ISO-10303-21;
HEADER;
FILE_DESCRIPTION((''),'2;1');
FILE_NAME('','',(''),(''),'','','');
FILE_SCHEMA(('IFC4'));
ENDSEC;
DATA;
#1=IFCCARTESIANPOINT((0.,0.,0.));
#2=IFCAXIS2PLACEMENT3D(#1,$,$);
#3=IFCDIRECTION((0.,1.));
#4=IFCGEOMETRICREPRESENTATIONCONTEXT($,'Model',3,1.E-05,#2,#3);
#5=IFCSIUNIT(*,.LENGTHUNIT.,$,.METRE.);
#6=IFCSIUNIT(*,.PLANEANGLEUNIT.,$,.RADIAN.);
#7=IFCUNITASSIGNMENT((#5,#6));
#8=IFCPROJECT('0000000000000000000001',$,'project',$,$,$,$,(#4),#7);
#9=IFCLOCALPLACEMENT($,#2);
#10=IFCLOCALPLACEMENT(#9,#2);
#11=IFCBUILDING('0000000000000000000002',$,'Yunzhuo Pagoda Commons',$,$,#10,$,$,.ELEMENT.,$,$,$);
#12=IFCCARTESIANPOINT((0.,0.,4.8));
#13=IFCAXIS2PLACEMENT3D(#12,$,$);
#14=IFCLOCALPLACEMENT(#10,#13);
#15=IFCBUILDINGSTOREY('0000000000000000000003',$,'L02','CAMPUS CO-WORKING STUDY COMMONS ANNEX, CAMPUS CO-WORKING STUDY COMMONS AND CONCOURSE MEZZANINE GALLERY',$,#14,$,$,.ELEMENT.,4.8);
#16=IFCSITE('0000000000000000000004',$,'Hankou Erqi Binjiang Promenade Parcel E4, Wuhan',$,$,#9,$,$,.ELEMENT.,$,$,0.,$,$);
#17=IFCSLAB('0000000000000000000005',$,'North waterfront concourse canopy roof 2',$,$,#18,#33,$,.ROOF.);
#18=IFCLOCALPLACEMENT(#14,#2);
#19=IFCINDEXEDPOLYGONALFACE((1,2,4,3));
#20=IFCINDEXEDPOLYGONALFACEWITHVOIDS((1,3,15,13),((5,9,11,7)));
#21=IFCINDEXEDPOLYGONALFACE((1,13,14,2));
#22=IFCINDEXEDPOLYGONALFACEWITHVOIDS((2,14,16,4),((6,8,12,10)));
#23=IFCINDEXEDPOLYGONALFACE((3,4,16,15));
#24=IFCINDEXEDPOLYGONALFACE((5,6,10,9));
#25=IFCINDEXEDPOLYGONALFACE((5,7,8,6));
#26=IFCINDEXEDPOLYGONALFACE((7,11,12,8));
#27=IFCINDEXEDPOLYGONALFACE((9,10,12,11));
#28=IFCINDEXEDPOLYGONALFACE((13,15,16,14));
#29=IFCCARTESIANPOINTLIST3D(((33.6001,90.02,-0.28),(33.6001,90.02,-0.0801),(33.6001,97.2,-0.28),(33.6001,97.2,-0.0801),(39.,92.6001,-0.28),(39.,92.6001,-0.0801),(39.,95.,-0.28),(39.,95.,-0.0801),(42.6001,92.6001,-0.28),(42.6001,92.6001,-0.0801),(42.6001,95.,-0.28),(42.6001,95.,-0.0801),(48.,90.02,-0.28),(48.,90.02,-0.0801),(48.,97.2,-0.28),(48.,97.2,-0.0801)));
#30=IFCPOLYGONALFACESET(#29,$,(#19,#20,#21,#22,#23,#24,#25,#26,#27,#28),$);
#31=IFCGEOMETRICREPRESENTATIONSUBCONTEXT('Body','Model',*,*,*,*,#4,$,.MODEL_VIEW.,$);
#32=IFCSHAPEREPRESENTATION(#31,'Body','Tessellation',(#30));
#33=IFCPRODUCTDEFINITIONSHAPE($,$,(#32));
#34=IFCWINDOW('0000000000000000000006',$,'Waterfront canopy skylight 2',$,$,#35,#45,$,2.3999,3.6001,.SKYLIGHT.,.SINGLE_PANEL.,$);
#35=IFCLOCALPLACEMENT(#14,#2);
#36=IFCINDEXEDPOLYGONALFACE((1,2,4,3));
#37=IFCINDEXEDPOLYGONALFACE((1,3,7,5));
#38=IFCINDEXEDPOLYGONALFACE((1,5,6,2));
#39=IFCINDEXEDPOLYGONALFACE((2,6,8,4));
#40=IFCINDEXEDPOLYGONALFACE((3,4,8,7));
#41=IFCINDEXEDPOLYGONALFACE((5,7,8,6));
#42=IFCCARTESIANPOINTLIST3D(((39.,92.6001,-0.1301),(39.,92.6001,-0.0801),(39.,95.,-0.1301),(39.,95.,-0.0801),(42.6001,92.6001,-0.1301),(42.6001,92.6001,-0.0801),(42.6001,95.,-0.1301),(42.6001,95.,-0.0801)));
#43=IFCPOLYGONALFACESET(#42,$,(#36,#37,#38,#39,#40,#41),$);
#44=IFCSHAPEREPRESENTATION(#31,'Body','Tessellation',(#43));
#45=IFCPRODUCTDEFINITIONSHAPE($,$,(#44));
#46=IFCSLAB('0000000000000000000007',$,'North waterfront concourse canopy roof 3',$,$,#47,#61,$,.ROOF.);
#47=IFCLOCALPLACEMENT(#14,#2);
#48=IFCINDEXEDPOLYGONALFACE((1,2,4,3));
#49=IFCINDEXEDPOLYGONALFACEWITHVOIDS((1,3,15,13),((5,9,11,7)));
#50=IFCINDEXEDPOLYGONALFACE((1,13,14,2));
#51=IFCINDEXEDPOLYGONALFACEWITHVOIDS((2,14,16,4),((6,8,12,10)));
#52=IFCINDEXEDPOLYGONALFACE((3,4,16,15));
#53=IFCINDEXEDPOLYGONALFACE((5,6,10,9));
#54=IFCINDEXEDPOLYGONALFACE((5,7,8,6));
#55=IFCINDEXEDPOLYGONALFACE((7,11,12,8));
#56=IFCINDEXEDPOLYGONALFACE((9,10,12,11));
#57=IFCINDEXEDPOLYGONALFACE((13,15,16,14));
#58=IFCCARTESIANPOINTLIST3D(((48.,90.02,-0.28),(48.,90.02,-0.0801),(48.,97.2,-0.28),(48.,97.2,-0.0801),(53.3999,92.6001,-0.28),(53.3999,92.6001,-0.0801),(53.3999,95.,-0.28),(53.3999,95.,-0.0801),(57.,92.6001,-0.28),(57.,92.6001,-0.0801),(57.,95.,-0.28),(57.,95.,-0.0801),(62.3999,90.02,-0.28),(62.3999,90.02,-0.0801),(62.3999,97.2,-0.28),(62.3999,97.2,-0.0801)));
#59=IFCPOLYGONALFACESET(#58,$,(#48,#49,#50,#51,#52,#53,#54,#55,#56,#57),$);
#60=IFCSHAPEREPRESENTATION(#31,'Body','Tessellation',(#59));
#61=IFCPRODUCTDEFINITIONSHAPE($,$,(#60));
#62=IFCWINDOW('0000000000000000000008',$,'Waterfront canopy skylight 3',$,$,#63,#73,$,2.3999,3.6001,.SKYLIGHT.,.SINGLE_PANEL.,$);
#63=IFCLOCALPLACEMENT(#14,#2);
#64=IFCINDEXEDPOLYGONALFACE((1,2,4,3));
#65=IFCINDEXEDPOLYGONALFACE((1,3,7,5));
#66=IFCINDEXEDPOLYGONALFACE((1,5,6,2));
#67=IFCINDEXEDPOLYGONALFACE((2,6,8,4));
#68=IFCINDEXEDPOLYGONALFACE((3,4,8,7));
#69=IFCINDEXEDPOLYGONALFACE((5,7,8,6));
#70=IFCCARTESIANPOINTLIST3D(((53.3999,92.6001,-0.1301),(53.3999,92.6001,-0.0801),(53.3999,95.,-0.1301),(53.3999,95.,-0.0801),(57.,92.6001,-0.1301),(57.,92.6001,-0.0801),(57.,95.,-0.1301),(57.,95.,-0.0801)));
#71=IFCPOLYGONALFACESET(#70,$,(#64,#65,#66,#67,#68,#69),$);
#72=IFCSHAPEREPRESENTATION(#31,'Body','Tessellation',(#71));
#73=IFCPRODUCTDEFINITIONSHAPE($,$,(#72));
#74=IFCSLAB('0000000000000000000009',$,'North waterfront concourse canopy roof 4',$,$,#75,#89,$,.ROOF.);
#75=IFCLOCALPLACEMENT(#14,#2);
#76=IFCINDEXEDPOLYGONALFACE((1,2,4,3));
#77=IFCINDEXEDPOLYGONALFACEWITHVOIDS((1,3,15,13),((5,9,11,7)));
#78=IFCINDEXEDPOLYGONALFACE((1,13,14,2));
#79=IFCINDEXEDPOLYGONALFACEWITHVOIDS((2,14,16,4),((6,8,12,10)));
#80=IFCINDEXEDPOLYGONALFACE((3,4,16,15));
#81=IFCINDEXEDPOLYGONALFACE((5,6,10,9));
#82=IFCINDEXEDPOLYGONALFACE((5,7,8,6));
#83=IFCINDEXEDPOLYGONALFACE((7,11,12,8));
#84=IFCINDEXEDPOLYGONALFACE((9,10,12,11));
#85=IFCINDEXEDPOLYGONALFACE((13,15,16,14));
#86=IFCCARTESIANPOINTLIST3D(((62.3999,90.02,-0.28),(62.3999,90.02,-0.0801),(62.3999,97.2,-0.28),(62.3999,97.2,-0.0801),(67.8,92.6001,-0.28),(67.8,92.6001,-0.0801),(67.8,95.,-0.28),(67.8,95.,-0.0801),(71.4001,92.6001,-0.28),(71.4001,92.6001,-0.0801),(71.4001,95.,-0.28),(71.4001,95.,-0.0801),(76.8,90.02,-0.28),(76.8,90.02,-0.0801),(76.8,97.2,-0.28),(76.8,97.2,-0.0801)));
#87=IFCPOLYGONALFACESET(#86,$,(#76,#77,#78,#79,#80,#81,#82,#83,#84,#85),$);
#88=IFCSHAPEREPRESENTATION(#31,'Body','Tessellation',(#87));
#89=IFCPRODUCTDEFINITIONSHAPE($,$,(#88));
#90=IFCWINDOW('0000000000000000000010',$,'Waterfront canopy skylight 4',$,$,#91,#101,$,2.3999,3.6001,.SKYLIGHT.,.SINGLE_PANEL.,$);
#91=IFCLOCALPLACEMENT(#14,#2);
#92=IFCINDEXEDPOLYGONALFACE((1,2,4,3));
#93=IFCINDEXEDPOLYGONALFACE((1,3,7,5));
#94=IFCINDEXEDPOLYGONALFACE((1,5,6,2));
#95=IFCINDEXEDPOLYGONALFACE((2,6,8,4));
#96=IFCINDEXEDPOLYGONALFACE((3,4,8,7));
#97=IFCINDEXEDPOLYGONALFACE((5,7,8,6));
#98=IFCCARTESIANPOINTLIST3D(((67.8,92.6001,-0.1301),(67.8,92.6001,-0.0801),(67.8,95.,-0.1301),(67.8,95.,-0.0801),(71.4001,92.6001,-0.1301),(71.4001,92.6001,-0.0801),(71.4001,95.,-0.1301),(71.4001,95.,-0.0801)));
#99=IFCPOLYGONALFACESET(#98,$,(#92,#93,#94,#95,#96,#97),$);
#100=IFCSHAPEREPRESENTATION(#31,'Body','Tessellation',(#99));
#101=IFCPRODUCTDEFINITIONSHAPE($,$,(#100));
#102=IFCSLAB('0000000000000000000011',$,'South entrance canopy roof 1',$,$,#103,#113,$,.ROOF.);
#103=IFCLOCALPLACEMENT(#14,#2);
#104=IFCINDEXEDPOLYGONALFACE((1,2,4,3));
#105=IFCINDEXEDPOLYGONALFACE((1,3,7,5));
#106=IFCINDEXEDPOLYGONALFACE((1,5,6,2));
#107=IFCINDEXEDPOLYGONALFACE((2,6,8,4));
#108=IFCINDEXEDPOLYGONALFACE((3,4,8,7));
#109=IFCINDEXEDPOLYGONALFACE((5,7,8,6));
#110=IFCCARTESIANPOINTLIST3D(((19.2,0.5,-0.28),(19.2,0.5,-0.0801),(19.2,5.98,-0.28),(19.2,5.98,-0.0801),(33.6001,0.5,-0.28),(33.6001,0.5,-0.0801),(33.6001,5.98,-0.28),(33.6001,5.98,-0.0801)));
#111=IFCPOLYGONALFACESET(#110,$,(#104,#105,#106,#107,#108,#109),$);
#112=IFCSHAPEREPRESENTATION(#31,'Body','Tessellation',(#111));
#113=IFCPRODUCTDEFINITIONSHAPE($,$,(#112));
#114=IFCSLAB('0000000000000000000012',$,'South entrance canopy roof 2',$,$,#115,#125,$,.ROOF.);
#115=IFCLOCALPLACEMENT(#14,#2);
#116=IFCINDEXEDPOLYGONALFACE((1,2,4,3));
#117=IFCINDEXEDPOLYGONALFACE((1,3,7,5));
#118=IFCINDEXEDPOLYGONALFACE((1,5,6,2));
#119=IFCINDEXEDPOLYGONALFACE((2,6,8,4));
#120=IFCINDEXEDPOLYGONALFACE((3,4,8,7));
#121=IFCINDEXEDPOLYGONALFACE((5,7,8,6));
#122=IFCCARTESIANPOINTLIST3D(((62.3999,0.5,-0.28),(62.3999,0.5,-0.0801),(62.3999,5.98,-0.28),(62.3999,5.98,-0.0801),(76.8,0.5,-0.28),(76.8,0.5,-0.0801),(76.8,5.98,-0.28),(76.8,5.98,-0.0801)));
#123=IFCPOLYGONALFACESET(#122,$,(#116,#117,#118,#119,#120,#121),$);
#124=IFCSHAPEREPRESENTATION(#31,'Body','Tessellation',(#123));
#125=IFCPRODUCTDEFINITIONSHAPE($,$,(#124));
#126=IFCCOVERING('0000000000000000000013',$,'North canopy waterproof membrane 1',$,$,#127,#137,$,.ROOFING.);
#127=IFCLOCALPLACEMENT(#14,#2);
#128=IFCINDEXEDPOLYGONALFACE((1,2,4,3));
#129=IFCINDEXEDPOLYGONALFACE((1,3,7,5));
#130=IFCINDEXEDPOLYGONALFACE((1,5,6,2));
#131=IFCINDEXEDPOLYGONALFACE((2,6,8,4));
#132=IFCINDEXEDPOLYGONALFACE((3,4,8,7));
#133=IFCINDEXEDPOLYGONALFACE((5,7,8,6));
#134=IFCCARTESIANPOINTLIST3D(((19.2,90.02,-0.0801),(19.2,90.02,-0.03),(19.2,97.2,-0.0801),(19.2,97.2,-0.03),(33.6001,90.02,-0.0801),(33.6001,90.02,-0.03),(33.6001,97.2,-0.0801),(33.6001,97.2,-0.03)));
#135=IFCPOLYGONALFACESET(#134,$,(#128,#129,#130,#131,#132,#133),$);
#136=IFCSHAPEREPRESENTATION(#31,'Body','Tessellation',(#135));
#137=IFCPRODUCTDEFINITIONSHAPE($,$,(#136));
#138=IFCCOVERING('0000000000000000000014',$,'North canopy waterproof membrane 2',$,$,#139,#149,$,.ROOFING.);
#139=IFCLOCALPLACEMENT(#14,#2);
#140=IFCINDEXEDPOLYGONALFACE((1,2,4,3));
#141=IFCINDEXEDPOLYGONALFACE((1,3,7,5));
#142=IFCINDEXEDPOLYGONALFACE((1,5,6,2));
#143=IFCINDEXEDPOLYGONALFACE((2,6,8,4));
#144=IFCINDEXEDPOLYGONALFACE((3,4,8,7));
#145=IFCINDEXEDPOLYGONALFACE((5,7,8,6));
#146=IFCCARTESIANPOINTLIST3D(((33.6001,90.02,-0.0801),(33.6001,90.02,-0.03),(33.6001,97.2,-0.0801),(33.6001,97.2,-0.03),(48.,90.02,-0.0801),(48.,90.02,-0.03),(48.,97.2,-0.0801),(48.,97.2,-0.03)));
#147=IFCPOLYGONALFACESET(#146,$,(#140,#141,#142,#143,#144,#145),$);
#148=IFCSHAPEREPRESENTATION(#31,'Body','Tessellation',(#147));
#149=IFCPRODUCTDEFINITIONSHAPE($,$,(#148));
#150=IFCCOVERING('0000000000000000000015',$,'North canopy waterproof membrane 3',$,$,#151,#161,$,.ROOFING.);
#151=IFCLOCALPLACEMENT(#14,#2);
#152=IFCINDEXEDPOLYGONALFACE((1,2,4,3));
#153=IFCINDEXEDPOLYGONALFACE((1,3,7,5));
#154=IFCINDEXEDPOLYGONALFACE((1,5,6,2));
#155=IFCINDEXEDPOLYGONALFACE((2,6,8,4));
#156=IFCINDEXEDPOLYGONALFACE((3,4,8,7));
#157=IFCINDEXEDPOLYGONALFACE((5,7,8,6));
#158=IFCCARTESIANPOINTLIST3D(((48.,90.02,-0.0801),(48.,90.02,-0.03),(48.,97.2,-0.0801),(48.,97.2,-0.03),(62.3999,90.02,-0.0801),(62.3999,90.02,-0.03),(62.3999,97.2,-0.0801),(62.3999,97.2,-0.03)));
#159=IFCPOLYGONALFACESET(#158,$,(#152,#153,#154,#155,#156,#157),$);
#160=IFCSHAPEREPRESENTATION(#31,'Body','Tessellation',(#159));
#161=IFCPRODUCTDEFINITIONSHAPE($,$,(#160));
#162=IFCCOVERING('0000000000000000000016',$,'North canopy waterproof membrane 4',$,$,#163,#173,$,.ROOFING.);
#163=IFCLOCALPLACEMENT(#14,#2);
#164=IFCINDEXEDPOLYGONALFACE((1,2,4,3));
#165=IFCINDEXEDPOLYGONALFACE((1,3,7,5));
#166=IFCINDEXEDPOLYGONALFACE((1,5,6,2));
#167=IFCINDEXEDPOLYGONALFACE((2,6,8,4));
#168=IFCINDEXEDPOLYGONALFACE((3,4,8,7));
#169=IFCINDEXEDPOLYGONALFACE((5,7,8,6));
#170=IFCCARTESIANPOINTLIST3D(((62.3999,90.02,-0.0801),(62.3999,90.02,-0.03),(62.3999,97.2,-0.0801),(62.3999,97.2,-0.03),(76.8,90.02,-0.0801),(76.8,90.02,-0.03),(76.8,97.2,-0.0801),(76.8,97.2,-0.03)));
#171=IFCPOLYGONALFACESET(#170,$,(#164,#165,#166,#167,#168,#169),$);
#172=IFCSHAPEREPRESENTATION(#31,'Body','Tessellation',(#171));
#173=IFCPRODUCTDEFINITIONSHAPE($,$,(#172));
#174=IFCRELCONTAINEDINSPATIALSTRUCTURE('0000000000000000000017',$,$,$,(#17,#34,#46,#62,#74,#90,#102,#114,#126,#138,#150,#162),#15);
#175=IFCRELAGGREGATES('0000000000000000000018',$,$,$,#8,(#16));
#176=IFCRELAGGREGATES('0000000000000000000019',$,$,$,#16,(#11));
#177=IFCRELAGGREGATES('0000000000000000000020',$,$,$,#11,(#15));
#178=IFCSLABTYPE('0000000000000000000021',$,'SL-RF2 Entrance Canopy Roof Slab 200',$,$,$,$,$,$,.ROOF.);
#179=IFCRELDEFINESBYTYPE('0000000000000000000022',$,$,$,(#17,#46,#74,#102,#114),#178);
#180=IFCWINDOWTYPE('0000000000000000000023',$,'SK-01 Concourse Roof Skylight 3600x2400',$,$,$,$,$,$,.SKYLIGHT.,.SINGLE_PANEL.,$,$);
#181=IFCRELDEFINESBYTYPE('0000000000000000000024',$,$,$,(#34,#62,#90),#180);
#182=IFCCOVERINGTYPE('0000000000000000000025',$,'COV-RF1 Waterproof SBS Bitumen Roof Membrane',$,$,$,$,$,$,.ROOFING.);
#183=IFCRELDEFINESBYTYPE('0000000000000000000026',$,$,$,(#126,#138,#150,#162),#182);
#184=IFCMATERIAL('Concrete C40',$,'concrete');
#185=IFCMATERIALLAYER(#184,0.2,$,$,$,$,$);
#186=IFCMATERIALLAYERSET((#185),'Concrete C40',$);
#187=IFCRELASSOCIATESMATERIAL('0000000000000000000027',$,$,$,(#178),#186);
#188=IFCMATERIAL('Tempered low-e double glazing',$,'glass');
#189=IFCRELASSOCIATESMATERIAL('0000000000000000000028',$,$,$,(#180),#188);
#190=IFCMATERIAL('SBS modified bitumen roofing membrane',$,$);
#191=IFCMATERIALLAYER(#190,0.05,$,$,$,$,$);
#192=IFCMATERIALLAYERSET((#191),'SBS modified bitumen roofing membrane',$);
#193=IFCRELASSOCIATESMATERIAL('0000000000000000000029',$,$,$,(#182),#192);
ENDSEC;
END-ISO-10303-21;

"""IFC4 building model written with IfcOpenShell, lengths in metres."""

from ifc_helpers import new_model, si_unit, direction, frame, origin, origin_2d, place, context, subcontext, project, spatial, polyline, rectangle, outline, extrude, material, layer, layer_set, type_object, element, fill, save


model = new_model("IFC4")

# Units and contexts
model_context = context("Model", 3, precision=1e-05, world=origin(), true_north=direction((0.0, 1.0)))
body_context = subcontext(model_context, "Body", "Model", "MODEL_VIEW")
ifc_project = project(units=[si_unit("LENGTHUNIT", "METRE"), si_unit("PLANEANGLEUNIT", "RADIAN")], contexts=[model_context])

# Site, building, storey
site_placement = place(None, origin())
site = spatial("IfcSite", under=ifc_project, at=site_placement, Name="Hankou Erqi Binjiang Promenade Parcel E4, Wuhan", CompositionType="ELEMENT", RefElevation=0.0)
building_placement = place(site_placement, origin())
building = spatial("IfcBuilding", under=site, at=building_placement, Name="Yunzhuo Pagoda Commons", CompositionType="ELEMENT")
storey_placement = place(building_placement, frame((0.0, 0.0, 4.8)))
storey = spatial("IfcBuildingStorey", under=building, at=storey_placement, Name="L02", Description="CAMPUS CO-WORKING STUDY COMMONS ANNEX, CAMPUS CO-WORKING STUDY COMMONS AND CONCOURSE MEZZANINE GALLERY", CompositionType="ELEMENT", Elevation=4.8)

# Shared definitions
ifc_material_1 = material(Name="Concrete C40", Category="concrete")

# Slabs, openings, windows
ifc_layer_1 = layer(ifc_material_1, 0.2)
ifc_layer_set_1 = layer_set([ifc_layer_1], Name="Concrete C40")
slab_type_1 = type_object("IfcSlabType", Name="SL-RF2 Entrance Canopy Roof Slab 200", PredefinedType="ROOF", material=ifc_layer_set_1)
ifc_material_2 = material(Name="Tempered low-e double glazing", Category="glass")
window_type = type_object("IfcWindowType", Name="SK-01 Concourse Roof Skylight 3600x2400", PartitioningType="SINGLE_PANEL", PredefinedType="SKYLIGHT", material=ifc_material_2)
slab_1_placement = place(storey_placement, frame((0.0, 0.0, -0.28)))
slab_1 = element("IfcSlab", 1, at=slab_1_placement, inside=storey, type_object=slab_type_1, Name="North waterfront concourse canopy roof 2", PredefinedType="ROOF", context=body_context, shape_type="SweptSolid", body=[
    extrude(outline(polyline([(33.6001, 90.02), (48.0, 90.02), (48.0, 97.2), (33.6001, 97.2), (33.6001, 90.02)])), origin(), (0.0, 0.0, 1.0), 0.2),
])
opening_1_placement = place(slab_1_placement, frame((40.8, 93.8, -0.01)))
opening_1 = element("IfcOpeningElement", 2, at=opening_1_placement, cuts=slab_1, PredefinedType="OPENING", context=body_context, shape_type="SweptSolid", body=[
    extrude(rectangle(XDim=3.6001, YDim=2.3999, at=origin_2d()), origin(), (0.0, 0.0, 1.0), 0.22),
])
window_1_placement = place(opening_1_placement, frame((0.0, 0.0, 0.1599)))
window_1 = element("IfcWindow", 3, at=window_1_placement, inside=storey, type_object=window_type, Name="Waterfront canopy skylight 2", OverallHeight=2.3999, OverallWidth=3.6001, PartitioningType="SINGLE_PANEL", PredefinedType="SKYLIGHT", context=body_context, shape_type="SweptSolid", body=[
    extrude(rectangle(XDim=3.6001, YDim=2.3999, at=origin_2d()), origin(), (0.0, 0.0, 1.0), 0.05),
])
fill(opening_1, window_1)
slab_2_placement = place(storey_placement, frame((0.0, 0.0, -0.28)))
slab_2 = element("IfcSlab", 4, at=slab_2_placement, inside=storey, type_object=slab_type_1, Name="North waterfront concourse canopy roof 3", PredefinedType="ROOF", context=body_context, shape_type="SweptSolid", body=[
    extrude(outline(polyline([(48.0, 90.02), (62.3999, 90.02), (62.3999, 97.2), (48.0, 97.2), (48.0, 90.02)])), origin(), (0.0, 0.0, 1.0), 0.2),
])
opening_2_placement = place(slab_2_placement, frame((55.2, 93.8, -0.01)))
opening_2 = element("IfcOpeningElement", 5, at=opening_2_placement, cuts=slab_2, PredefinedType="OPENING", context=body_context, shape_type="SweptSolid", body=[
    extrude(rectangle(XDim=3.6001, YDim=2.3999, at=origin_2d()), origin(), (0.0, 0.0, 1.0), 0.22),
])
window_2_placement = place(opening_2_placement, frame((0.0, 0.0, 0.1599)))
window_2 = element("IfcWindow", 6, at=window_2_placement, inside=storey, type_object=window_type, Name="Waterfront canopy skylight 3", OverallHeight=2.3999, OverallWidth=3.6001, PartitioningType="SINGLE_PANEL", PredefinedType="SKYLIGHT", context=body_context, shape_type="SweptSolid", body=[
    extrude(rectangle(XDim=3.6001, YDim=2.3999, at=origin_2d()), origin(), (0.0, 0.0, 1.0), 0.05),
])
fill(opening_2, window_2)
slab_3_placement = place(storey_placement, frame((0.0, 0.0, -0.28)))
slab_3 = element("IfcSlab", 7, at=slab_3_placement, inside=storey, type_object=slab_type_1, Name="North waterfront concourse canopy roof 4", PredefinedType="ROOF", context=body_context, shape_type="SweptSolid", body=[
    extrude(outline(polyline([(62.3999, 90.02), (76.8, 90.02), (76.8, 97.2), (62.3999, 97.2), (62.3999, 90.02)])), origin(), (0.0, 0.0, 1.0), 0.2),
])
opening_3_placement = place(slab_3_placement, frame((69.6001, 93.8, -0.01)))
opening_3 = element("IfcOpeningElement", 8, at=opening_3_placement, cuts=slab_3, PredefinedType="OPENING", context=body_context, shape_type="SweptSolid", body=[
    extrude(rectangle(XDim=3.6001, YDim=2.3999, at=origin_2d()), origin(), (0.0, 0.0, 1.0), 0.22),
])
window_3_placement = place(opening_3_placement, frame((0.0, 0.0, 0.1599)))
window_3 = element("IfcWindow", 9, at=window_3_placement, inside=storey, type_object=window_type, Name="Waterfront canopy skylight 4", OverallHeight=2.3999, OverallWidth=3.6001, PartitioningType="SINGLE_PANEL", PredefinedType="SKYLIGHT", context=body_context, shape_type="SweptSolid", body=[
    extrude(rectangle(XDim=3.6001, YDim=2.3999, at=origin_2d()), origin(), (0.0, 0.0, 1.0), 0.05),
])
fill(opening_3, window_3)

# Slabs
slab_4_placement = place(storey_placement, frame((0.0, 0.0, -0.28)))
element("IfcSlab", 10, at=slab_4_placement, inside=storey, type_object=slab_type_1, Name="South entrance canopy roof 1", PredefinedType="ROOF", context=body_context, shape_type="SweptSolid", body=[
    extrude(outline(polyline([(19.2, 0.5), (33.6001, 0.5), (33.6001, 5.98), (19.2, 5.98), (19.2, 0.5)])), origin(), (0.0, 0.0, 1.0), 0.2),
])
slab_5_placement = place(storey_placement, frame((0.0, 0.0, -0.28)))
element("IfcSlab", 11, at=slab_5_placement, inside=storey, type_object=slab_type_1, Name="South entrance canopy roof 2", PredefinedType="ROOF", context=body_context, shape_type="SweptSolid", body=[
    extrude(outline(polyline([(62.3999, 0.5), (76.8, 0.5), (76.8, 5.98), (62.3999, 5.98), (62.3999, 0.5)])), origin(), (0.0, 0.0, 1.0), 0.2),
])

# Coverings
ifc_material_3 = material(Name="SBS modified bitumen roofing membrane")
ifc_layer_2 = layer(ifc_material_3, 0.05)
ifc_layer_set_2 = layer_set([ifc_layer_2], Name="SBS modified bitumen roofing membrane")
covering_type = type_object("IfcCoveringType", Name="COV-RF1 Waterproof SBS Bitumen Roof Membrane", PredefinedType="ROOFING", material=ifc_layer_set_2)
covering_1_placement = place(storey_placement, frame((0.0, 0.0, -0.0801)))
element("IfcCovering", 12, at=covering_1_placement, inside=storey, type_object=covering_type, Name="North canopy waterproof membrane 1", PredefinedType="ROOFING", context=body_context, shape_type="SweptSolid", body=[
    extrude(outline(polyline([(19.2, 90.02), (33.6001, 90.02), (33.6001, 97.2), (19.2, 97.2), (19.2, 90.02)])), origin(), (0.0, 0.0, 1.0), 0.05),
])
covering_2_placement = place(storey_placement, frame((0.0, 0.0, -0.0801)))
element("IfcCovering", 13, at=covering_2_placement, inside=storey, type_object=covering_type, Name="North canopy waterproof membrane 2", PredefinedType="ROOFING", context=body_context, shape_type="SweptSolid", body=[
    extrude(outline(polyline([(33.6001, 90.02), (48.0, 90.02), (48.0, 97.2), (33.6001, 97.2), (33.6001, 90.02)])), origin(), (0.0, 0.0, 1.0), 0.05),
])
covering_3_placement = place(storey_placement, frame((0.0, 0.0, -0.0801)))
element("IfcCovering", 14, at=covering_3_placement, inside=storey, type_object=covering_type, Name="North canopy waterproof membrane 3", PredefinedType="ROOFING", context=body_context, shape_type="SweptSolid", body=[
    extrude(outline(polyline([(48.0, 90.02), (62.3999, 90.02), (62.3999, 97.2), (48.0, 97.2), (48.0, 90.02)])), origin(), (0.0, 0.0, 1.0), 0.05),
])
covering_4_placement = place(storey_placement, frame((0.0, 0.0, -0.0801)))
element("IfcCovering", 15, at=covering_4_placement, inside=storey, type_object=covering_type, Name="North canopy waterproof membrane 4", PredefinedType="ROOFING", context=body_context, shape_type="SweptSolid", body=[
    extrude(outline(polyline([(62.3999, 90.02), (76.8, 90.02), (76.8, 97.2), (62.3999, 97.2), (62.3999, 90.02)])), origin(), (0.0, 0.0, 1.0), 0.05),
])

save(model, "model.ifc")
